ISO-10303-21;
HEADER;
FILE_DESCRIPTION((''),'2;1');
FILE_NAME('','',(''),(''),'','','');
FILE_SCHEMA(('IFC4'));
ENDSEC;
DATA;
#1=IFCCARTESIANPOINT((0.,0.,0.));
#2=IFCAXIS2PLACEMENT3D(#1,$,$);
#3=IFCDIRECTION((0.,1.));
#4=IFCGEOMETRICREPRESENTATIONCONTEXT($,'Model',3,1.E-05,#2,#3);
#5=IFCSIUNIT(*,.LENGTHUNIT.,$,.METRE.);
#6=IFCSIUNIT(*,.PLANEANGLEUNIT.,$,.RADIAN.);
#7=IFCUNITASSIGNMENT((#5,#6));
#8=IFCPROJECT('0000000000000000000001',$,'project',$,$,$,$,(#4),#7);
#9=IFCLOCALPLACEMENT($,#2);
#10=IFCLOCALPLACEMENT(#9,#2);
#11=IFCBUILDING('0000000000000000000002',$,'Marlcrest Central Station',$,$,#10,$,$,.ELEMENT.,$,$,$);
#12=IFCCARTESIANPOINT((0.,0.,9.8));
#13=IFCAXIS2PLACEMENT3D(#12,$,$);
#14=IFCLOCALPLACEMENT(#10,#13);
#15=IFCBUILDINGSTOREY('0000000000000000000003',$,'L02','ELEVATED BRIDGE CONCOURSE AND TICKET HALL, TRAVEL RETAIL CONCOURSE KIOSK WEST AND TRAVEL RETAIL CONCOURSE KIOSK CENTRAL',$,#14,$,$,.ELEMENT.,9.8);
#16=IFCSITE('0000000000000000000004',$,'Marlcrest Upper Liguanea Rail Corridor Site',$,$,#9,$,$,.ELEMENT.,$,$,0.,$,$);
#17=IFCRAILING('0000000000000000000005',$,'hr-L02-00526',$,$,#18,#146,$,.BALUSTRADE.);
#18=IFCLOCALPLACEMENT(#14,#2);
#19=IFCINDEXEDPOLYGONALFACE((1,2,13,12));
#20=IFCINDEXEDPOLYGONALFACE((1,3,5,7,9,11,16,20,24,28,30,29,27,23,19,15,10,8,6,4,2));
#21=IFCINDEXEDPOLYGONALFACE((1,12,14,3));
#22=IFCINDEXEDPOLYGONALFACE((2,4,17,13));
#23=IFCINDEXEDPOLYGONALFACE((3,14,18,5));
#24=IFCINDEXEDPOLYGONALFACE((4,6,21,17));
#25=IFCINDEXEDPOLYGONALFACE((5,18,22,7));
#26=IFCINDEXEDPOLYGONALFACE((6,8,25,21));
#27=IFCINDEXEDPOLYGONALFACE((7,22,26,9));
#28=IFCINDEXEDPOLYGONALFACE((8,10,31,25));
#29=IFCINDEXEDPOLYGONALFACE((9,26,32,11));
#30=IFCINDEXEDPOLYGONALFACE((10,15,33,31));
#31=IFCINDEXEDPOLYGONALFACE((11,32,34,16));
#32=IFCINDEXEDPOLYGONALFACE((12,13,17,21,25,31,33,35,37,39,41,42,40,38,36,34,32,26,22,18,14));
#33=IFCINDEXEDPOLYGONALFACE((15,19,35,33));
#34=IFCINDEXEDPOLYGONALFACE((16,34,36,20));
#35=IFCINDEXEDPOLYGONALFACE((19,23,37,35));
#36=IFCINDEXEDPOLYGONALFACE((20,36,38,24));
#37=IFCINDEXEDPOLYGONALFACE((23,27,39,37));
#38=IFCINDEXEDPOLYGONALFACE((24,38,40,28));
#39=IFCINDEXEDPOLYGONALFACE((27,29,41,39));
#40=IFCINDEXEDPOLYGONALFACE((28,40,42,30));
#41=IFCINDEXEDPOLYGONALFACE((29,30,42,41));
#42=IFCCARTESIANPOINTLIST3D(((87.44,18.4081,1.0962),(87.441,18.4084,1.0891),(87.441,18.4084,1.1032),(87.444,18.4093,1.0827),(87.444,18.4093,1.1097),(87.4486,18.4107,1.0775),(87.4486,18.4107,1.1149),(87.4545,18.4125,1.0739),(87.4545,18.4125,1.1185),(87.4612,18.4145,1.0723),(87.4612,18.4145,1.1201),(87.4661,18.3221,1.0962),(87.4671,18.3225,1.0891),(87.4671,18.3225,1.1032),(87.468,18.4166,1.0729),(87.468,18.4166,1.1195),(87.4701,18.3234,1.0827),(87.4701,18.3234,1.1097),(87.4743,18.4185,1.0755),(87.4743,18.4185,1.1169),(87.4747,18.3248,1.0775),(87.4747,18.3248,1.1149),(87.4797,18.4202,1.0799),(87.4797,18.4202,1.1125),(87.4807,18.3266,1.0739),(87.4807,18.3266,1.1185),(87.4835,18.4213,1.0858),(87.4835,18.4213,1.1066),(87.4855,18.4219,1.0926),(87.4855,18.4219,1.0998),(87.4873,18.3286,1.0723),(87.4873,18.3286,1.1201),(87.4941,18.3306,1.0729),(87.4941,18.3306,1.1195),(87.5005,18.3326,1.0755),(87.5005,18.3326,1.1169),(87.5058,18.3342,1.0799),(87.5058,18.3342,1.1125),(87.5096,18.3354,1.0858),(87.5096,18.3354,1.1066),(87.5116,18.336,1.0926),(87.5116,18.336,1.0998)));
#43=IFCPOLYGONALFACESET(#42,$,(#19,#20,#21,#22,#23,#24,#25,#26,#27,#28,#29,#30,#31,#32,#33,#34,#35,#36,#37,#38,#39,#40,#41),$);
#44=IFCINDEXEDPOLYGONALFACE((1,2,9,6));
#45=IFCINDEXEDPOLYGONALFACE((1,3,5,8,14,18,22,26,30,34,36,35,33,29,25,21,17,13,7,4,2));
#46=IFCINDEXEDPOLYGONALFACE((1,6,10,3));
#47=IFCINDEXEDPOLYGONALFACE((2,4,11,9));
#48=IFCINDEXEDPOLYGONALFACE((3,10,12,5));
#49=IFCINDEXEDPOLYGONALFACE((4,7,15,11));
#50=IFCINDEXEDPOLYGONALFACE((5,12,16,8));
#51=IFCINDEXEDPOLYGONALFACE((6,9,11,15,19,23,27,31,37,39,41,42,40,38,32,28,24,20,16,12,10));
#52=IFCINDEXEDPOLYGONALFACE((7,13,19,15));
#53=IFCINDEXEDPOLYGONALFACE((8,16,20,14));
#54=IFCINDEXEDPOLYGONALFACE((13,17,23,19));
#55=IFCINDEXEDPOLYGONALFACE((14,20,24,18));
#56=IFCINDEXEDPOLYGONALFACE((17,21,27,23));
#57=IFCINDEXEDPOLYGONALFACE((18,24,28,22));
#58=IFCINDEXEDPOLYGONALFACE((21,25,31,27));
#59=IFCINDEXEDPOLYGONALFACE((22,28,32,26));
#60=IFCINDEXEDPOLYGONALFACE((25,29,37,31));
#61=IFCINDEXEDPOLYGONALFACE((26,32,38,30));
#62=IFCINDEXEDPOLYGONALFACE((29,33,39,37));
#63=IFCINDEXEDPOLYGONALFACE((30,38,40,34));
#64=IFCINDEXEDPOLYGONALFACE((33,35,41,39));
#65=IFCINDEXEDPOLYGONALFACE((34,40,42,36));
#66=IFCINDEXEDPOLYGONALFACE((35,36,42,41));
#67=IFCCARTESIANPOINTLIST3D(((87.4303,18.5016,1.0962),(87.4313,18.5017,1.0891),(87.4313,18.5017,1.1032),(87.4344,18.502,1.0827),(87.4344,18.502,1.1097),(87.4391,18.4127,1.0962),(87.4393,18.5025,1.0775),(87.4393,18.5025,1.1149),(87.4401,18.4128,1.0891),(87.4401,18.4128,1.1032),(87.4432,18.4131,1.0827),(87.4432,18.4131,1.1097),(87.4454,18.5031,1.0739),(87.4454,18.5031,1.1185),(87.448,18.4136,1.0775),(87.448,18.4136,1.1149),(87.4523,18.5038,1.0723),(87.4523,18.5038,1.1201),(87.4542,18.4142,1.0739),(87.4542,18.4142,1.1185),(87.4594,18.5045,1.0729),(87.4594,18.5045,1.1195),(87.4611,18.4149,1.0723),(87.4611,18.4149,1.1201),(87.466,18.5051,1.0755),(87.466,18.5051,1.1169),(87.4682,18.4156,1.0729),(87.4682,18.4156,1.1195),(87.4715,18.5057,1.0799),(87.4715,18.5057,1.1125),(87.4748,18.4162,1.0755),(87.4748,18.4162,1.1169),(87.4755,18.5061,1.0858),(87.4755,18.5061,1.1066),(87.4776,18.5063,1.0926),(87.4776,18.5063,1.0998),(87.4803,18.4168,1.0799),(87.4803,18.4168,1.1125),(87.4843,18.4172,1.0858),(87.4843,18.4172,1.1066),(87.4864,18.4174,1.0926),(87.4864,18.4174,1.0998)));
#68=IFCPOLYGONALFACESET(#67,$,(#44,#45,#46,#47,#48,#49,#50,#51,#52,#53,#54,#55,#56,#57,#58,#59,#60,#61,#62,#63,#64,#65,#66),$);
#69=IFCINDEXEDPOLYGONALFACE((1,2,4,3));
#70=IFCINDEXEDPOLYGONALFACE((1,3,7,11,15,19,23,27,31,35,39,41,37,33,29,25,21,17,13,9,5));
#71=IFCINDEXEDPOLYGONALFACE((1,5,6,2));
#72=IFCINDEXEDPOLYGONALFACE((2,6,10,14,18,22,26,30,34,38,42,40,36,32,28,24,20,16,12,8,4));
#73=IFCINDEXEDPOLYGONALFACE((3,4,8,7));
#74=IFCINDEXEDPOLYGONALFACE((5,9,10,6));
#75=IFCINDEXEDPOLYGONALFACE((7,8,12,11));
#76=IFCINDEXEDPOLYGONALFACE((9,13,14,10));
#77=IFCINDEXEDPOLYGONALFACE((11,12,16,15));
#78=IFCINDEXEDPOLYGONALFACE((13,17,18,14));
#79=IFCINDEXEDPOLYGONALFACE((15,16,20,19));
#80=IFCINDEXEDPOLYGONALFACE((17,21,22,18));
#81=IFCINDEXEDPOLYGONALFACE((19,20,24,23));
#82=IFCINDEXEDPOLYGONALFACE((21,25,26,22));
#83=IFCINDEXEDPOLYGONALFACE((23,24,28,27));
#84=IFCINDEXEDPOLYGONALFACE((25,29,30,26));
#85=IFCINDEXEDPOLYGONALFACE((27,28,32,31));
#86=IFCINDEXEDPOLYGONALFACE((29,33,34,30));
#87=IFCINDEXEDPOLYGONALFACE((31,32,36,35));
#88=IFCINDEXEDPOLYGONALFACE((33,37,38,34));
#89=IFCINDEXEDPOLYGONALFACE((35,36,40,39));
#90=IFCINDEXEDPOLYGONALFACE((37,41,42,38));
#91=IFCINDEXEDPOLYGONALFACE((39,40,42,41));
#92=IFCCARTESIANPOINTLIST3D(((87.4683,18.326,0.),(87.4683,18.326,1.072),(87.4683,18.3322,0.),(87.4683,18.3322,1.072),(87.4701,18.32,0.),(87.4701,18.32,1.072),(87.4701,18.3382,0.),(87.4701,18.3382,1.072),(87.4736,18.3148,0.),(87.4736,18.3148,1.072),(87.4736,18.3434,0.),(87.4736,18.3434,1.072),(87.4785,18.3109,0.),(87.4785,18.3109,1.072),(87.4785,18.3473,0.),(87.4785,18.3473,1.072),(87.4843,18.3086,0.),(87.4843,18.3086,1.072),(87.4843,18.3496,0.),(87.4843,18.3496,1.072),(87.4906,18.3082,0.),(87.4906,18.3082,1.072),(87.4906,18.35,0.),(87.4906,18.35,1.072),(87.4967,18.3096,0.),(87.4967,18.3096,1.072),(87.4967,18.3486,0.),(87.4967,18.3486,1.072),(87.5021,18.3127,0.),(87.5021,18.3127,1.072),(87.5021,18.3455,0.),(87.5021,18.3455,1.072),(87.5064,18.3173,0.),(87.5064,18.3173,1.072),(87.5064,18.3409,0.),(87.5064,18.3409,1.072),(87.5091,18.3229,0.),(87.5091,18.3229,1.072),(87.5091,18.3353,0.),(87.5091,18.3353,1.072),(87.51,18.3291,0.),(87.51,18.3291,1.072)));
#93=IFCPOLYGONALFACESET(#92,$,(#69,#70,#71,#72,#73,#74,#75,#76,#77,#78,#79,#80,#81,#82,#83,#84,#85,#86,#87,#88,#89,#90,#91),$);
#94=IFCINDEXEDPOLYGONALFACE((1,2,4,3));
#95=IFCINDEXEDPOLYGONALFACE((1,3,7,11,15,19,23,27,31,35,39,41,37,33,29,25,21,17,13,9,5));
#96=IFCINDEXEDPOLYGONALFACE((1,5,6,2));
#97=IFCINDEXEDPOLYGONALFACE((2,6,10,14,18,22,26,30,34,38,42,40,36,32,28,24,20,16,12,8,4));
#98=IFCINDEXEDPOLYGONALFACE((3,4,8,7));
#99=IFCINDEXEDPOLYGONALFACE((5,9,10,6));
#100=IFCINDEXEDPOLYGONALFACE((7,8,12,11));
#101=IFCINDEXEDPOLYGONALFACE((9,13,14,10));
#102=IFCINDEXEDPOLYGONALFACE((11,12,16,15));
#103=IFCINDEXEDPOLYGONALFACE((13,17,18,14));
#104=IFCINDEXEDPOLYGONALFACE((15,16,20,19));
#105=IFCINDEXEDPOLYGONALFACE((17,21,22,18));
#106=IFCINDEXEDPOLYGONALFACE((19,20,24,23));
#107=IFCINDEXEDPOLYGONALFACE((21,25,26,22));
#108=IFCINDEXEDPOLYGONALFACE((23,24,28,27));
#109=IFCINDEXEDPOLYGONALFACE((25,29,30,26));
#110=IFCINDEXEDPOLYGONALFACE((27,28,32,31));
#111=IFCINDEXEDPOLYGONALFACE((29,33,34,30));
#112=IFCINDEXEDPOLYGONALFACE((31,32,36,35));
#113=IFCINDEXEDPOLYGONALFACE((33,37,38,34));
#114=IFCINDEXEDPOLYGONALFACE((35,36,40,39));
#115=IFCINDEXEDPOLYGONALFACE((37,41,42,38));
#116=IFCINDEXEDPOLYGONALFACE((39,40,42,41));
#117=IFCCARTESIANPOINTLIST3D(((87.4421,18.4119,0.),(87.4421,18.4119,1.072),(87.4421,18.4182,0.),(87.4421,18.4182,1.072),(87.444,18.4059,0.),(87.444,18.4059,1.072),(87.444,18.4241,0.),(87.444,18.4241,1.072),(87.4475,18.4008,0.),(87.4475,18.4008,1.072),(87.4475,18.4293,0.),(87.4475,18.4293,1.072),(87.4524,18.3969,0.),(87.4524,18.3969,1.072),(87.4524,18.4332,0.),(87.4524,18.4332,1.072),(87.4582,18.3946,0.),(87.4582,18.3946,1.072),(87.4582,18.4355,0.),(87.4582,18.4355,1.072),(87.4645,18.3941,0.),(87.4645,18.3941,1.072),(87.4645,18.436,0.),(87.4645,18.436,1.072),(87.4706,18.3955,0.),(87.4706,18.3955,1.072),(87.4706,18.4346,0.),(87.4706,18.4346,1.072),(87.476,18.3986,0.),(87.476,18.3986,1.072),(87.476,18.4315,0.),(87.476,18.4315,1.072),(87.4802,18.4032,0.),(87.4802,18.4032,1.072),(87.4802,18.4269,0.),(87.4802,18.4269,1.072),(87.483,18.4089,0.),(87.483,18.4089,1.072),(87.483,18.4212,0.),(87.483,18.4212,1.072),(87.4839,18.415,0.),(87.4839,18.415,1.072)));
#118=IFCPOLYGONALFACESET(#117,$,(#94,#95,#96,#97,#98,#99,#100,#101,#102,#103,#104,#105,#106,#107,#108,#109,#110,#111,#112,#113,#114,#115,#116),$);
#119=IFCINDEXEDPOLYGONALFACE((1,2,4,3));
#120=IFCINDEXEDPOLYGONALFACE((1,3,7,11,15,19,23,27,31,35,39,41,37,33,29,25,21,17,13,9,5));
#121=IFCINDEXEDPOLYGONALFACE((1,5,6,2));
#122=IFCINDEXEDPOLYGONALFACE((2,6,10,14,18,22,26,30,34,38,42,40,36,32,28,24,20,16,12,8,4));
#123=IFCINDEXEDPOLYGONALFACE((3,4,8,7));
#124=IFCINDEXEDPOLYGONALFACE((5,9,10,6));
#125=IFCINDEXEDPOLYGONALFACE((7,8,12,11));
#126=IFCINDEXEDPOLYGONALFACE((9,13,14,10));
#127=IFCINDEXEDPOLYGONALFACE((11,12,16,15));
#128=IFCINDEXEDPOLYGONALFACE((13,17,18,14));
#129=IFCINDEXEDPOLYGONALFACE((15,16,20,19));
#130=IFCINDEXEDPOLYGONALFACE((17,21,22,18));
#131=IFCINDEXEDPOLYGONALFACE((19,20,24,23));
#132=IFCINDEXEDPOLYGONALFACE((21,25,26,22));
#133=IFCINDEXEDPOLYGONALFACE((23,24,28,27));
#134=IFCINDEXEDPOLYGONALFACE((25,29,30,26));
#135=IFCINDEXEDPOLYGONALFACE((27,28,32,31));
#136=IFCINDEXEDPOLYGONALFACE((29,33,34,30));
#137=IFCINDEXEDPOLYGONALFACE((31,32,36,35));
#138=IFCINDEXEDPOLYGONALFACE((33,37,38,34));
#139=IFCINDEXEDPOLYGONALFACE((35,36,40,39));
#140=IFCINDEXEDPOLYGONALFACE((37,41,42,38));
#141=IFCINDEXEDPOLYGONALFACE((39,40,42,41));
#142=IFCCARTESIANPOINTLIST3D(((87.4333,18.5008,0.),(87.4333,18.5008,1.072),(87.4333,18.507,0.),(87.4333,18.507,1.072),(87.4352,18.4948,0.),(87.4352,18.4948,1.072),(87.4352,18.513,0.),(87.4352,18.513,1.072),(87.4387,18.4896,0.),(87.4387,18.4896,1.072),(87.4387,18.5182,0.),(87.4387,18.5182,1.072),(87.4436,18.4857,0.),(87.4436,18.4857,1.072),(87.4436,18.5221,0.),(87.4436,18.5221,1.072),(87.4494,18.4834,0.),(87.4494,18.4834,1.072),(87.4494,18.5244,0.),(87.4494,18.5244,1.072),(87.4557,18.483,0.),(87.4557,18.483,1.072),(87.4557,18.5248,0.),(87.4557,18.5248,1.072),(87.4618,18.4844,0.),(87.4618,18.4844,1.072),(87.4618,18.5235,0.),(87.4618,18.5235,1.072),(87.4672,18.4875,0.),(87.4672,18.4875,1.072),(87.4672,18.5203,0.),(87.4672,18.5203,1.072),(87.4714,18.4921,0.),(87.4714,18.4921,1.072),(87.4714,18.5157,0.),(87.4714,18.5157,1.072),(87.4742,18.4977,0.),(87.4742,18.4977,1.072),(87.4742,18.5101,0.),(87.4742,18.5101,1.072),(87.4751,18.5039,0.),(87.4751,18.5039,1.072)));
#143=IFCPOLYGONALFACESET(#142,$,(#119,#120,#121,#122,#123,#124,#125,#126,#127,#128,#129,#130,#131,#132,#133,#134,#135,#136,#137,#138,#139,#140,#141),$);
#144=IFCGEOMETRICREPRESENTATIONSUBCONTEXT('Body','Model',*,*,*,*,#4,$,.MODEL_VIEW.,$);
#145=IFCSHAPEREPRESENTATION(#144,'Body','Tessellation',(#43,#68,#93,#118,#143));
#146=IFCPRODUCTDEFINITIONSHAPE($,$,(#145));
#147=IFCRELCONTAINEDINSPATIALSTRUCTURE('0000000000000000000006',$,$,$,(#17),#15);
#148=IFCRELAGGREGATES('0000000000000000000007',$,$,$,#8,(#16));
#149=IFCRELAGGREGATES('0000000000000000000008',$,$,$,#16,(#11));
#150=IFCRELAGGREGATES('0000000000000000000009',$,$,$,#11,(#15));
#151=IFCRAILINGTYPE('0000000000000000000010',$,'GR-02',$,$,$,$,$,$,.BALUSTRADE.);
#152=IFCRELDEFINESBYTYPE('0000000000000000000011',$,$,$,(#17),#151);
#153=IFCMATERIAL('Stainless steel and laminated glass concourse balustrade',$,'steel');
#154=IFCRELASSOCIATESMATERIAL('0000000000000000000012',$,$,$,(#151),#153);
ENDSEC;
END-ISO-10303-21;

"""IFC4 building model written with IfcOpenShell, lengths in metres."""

from ifc_helpers import new_model, si_unit, direction, frame, origin, origin_2d, place, context, subcontext, project, spatial, circle, extrude, material, type_object, element, save


model = new_model("IFC4")

# Units and contexts
model_context = context("Model", 3, precision=1e-05, world=origin(), true_north=direction((0.0, 1.0)))
body_context = subcontext(model_context, "Body", "Model", "MODEL_VIEW")
ifc_project = project(units=[si_unit("LENGTHUNIT", "METRE"), si_unit("PLANEANGLEUNIT", "RADIAN")], contexts=[model_context])

# Site, building, storey
site_placement = place(None, origin())
site = spatial("IfcSite", under=ifc_project, at=site_placement, Name="Marlcrest Upper Liguanea Rail Corridor Site", CompositionType="ELEMENT", RefElevation=0.0)
building_placement = place(site_placement, origin())
building = spatial("IfcBuilding", under=site, at=building_placement, Name="Marlcrest Central Station", CompositionType="ELEMENT")
storey_placement = place(building_placement, frame((0.0, 0.0, 9.8)))
storey = spatial("IfcBuildingStorey", under=building, at=storey_placement, Name="L02", Description="ELEVATED BRIDGE CONCOURSE AND TICKET HALL, TRAVEL RETAIL CONCOURSE KIOSK WEST AND TRAVEL RETAIL CONCOURSE KIOSK CENTRAL", CompositionType="ELEMENT", Elevation=9.8)

# Railing
ifc_material_1 = material(Name="Stainless steel and laminated glass concourse balustrade", Category="steel")
railing_type = type_object("IfcRailingType", Name="GR-02", PredefinedType="BALUSTRADE", material=ifc_material_1)
railing_1_placement = place(storey_placement, frame((87.489, 18.3291, 0.0)))
element("IfcRailing", 1, at=railing_1_placement, inside=storey, type_object=railing_type, Name="hr-L02-00526", PredefinedType="BALUSTRADE", context=body_context, shape_type="SweptSolid", body=[
    extrude(circle(Radius=0.0239, at=origin_2d()), frame((0.0, 0.0, 1.0962), z_axis=(-0.290837, 0.956773, 0.0), x_axis=(-0.956773, -0.290837, 0.0)), (0.0, 0.0, 1.0), 0.0898),
    extrude(circle(Radius=0.0239, at=origin_2d()), frame((-0.0261, 0.0859, 1.0962), z_axis=(-0.098421, 0.995145, 0.0), x_axis=(-0.995145, -0.098421, 0.0)), (0.0, 0.0, 1.0), 0.0894),
    extrude(circle(Radius=0.021, at=origin_2d()), origin(), (0.0, 0.0, 1.0), 1.072),
    extrude(circle(Radius=0.021, at=origin_2d()), frame((-0.0261, 0.0859, 0.0)), (0.0, 0.0, 1.0), 1.072),
    extrude(circle(Radius=0.021, at=origin_2d()), frame((-0.0349, 0.1748, 0.0)), (0.0, 0.0, 1.0), 1.072),
])

save(model, "model.ifc")
